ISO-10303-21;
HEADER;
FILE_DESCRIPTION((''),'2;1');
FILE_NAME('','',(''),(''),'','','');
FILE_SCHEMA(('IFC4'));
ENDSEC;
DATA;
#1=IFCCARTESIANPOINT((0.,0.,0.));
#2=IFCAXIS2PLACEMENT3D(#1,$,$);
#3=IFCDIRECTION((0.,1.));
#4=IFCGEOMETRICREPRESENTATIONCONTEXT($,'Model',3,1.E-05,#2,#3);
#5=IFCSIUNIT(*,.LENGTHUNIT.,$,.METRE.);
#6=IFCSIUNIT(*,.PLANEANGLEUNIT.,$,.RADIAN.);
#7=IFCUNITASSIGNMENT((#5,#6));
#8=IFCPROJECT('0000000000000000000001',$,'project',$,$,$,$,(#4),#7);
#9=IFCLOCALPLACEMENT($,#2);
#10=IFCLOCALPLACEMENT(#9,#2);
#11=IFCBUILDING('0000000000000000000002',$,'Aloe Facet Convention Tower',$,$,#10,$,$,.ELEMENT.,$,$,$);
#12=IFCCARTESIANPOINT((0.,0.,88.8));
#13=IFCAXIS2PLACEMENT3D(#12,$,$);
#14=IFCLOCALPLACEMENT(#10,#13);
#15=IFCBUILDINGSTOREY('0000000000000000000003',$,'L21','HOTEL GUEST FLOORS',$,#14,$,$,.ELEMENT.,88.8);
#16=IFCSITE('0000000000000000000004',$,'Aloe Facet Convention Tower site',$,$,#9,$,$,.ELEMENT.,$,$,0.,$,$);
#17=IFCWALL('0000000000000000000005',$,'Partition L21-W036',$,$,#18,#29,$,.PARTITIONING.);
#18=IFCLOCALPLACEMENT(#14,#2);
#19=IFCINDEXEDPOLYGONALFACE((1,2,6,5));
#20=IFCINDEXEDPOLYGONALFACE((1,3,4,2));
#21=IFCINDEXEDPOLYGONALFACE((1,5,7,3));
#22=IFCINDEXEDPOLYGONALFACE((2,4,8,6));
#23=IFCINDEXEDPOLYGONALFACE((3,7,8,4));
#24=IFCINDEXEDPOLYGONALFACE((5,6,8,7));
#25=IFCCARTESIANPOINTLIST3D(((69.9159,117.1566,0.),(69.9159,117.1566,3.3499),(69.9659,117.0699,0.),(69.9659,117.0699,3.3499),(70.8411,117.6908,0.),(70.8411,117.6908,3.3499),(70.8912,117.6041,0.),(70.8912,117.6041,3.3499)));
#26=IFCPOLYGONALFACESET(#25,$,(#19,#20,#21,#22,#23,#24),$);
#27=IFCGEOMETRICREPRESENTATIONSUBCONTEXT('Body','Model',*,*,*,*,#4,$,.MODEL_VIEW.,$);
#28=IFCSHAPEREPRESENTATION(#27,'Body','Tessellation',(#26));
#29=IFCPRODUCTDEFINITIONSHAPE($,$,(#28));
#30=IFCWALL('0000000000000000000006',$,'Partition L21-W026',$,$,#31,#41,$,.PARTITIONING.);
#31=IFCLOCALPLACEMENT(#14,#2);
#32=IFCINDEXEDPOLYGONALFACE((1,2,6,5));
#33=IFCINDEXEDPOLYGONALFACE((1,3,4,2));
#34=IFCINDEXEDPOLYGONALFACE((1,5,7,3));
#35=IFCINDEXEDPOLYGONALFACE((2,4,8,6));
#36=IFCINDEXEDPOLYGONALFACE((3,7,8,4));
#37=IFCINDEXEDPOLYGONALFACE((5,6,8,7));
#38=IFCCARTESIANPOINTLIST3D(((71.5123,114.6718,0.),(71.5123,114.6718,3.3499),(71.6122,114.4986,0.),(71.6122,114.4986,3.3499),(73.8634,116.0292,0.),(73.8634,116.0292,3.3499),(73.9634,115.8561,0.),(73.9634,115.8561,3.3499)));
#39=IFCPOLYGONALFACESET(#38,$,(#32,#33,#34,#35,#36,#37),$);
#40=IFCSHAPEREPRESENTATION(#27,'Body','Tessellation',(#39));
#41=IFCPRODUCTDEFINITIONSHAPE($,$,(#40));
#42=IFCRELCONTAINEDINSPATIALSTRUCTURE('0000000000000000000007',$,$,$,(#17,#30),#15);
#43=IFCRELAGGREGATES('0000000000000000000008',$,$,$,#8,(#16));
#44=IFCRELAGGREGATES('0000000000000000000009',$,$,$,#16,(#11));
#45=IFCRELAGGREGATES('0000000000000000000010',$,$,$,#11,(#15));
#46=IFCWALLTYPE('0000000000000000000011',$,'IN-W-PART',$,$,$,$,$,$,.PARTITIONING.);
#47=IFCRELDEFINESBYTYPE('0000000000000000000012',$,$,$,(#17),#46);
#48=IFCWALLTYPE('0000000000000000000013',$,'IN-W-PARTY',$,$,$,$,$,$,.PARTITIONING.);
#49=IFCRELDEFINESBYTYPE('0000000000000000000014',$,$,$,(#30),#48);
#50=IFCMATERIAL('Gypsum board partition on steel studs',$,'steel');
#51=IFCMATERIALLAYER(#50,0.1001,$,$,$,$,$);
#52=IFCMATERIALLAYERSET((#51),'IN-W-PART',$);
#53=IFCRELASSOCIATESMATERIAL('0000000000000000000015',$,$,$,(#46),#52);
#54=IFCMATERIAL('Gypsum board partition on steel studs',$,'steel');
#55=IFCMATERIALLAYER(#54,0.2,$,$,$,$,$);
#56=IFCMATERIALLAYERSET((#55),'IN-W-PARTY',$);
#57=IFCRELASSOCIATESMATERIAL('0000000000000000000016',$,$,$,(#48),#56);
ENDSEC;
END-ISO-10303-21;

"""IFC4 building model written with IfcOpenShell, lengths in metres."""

from ifc_helpers import new_model, si_unit, direction, frame, frame_2d, origin, place, context, subcontext, project, spatial, rectangle, extrude, material, layer, layer_set, type_object, element, save


model = new_model("IFC4")

# Units and contexts
model_context = context("Model", 3, precision=1e-05, world=origin(), true_north=direction((0.0, 1.0)))
body_context = subcontext(model_context, "Body", "Model", "MODEL_VIEW")
ifc_project = project(units=[si_unit("LENGTHUNIT", "METRE"), si_unit("PLANEANGLEUNIT", "RADIAN")], contexts=[model_context])

# Site, building, storey
site_placement = place(None, origin())
site = spatial("IfcSite", under=ifc_project, at=site_placement, Name="Aloe Facet Convention Tower site", CompositionType="ELEMENT", RefElevation=0.0)
building_placement = place(site_placement, origin())
building = spatial("IfcBuilding", under=site, at=building_placement, Name="Aloe Facet Convention Tower", CompositionType="ELEMENT")
storey_placement = place(building_placement, frame((0.0, 0.0, 88.8)))
storey = spatial("IfcBuildingStorey", under=building, at=storey_placement, Name="L21", Description="HOTEL GUEST FLOORS", CompositionType="ELEMENT", Elevation=88.8)

# Shared definitions
ifc_material_1 = material(Name="Gypsum board partition on steel studs", Category="steel")
ifc_layer_1 = layer(ifc_material_1, 0.1001)
ifc_layer_set_1 = layer_set([ifc_layer_1], Name="IN-W-PART")
wall_type_1 = type_object("IfcWallType", Name="IN-W-PART", PredefinedType="PARTITIONING", material=ifc_layer_set_1)

# Walls
wall_1_placement = place(storey_placement, frame((69.9409, 117.1133, 0.0), z_axis=(0.0, 0.0, 1.0), x_axis=(0.866041, 0.499973, 0.0)))
element("IfcWall", 1, at=wall_1_placement, inside=storey, type_object=wall_type_1, Name="Partition L21-W036", PredefinedType="PARTITIONING", context=body_context, shape_type="SweptSolid", body=[
    extrude(rectangle(XDim=1.0684, YDim=0.1001, at=frame_2d((0.5342, 0.0))), origin(), (0.0, 0.0, 1.0), 3.3499),
])
ifc_material_2 = material(Name="Gypsum board partition on steel studs", Category="steel")
ifc_layer_2 = layer(ifc_material_2, 0.2)
ifc_layer_set_2 = layer_set([ifc_layer_2], Name="IN-W-PARTY")
wall_type_2 = type_object("IfcWallType", Name="IN-W-PARTY", PredefinedType="PARTITIONING", material=ifc_layer_set_2)
wall_2_placement = place(storey_placement, frame((71.5623, 114.5852, 0.0), z_axis=(0.0, 0.0, 1.0), x_axis=(0.866021, 0.500008, 0.0)))
element("IfcWall", 2, at=wall_2_placement, inside=storey, type_object=wall_type_2, Name="Partition L21-W026", PredefinedType="PARTITIONING", context=body_context, shape_type="SweptSolid", body=[
    extrude(rectangle(XDim=2.7148, YDim=0.2, at=frame_2d((1.3574, 0.0))), origin(), (0.0, 0.0, 1.0), 3.3499),
])

save(model, "model.ifc")
